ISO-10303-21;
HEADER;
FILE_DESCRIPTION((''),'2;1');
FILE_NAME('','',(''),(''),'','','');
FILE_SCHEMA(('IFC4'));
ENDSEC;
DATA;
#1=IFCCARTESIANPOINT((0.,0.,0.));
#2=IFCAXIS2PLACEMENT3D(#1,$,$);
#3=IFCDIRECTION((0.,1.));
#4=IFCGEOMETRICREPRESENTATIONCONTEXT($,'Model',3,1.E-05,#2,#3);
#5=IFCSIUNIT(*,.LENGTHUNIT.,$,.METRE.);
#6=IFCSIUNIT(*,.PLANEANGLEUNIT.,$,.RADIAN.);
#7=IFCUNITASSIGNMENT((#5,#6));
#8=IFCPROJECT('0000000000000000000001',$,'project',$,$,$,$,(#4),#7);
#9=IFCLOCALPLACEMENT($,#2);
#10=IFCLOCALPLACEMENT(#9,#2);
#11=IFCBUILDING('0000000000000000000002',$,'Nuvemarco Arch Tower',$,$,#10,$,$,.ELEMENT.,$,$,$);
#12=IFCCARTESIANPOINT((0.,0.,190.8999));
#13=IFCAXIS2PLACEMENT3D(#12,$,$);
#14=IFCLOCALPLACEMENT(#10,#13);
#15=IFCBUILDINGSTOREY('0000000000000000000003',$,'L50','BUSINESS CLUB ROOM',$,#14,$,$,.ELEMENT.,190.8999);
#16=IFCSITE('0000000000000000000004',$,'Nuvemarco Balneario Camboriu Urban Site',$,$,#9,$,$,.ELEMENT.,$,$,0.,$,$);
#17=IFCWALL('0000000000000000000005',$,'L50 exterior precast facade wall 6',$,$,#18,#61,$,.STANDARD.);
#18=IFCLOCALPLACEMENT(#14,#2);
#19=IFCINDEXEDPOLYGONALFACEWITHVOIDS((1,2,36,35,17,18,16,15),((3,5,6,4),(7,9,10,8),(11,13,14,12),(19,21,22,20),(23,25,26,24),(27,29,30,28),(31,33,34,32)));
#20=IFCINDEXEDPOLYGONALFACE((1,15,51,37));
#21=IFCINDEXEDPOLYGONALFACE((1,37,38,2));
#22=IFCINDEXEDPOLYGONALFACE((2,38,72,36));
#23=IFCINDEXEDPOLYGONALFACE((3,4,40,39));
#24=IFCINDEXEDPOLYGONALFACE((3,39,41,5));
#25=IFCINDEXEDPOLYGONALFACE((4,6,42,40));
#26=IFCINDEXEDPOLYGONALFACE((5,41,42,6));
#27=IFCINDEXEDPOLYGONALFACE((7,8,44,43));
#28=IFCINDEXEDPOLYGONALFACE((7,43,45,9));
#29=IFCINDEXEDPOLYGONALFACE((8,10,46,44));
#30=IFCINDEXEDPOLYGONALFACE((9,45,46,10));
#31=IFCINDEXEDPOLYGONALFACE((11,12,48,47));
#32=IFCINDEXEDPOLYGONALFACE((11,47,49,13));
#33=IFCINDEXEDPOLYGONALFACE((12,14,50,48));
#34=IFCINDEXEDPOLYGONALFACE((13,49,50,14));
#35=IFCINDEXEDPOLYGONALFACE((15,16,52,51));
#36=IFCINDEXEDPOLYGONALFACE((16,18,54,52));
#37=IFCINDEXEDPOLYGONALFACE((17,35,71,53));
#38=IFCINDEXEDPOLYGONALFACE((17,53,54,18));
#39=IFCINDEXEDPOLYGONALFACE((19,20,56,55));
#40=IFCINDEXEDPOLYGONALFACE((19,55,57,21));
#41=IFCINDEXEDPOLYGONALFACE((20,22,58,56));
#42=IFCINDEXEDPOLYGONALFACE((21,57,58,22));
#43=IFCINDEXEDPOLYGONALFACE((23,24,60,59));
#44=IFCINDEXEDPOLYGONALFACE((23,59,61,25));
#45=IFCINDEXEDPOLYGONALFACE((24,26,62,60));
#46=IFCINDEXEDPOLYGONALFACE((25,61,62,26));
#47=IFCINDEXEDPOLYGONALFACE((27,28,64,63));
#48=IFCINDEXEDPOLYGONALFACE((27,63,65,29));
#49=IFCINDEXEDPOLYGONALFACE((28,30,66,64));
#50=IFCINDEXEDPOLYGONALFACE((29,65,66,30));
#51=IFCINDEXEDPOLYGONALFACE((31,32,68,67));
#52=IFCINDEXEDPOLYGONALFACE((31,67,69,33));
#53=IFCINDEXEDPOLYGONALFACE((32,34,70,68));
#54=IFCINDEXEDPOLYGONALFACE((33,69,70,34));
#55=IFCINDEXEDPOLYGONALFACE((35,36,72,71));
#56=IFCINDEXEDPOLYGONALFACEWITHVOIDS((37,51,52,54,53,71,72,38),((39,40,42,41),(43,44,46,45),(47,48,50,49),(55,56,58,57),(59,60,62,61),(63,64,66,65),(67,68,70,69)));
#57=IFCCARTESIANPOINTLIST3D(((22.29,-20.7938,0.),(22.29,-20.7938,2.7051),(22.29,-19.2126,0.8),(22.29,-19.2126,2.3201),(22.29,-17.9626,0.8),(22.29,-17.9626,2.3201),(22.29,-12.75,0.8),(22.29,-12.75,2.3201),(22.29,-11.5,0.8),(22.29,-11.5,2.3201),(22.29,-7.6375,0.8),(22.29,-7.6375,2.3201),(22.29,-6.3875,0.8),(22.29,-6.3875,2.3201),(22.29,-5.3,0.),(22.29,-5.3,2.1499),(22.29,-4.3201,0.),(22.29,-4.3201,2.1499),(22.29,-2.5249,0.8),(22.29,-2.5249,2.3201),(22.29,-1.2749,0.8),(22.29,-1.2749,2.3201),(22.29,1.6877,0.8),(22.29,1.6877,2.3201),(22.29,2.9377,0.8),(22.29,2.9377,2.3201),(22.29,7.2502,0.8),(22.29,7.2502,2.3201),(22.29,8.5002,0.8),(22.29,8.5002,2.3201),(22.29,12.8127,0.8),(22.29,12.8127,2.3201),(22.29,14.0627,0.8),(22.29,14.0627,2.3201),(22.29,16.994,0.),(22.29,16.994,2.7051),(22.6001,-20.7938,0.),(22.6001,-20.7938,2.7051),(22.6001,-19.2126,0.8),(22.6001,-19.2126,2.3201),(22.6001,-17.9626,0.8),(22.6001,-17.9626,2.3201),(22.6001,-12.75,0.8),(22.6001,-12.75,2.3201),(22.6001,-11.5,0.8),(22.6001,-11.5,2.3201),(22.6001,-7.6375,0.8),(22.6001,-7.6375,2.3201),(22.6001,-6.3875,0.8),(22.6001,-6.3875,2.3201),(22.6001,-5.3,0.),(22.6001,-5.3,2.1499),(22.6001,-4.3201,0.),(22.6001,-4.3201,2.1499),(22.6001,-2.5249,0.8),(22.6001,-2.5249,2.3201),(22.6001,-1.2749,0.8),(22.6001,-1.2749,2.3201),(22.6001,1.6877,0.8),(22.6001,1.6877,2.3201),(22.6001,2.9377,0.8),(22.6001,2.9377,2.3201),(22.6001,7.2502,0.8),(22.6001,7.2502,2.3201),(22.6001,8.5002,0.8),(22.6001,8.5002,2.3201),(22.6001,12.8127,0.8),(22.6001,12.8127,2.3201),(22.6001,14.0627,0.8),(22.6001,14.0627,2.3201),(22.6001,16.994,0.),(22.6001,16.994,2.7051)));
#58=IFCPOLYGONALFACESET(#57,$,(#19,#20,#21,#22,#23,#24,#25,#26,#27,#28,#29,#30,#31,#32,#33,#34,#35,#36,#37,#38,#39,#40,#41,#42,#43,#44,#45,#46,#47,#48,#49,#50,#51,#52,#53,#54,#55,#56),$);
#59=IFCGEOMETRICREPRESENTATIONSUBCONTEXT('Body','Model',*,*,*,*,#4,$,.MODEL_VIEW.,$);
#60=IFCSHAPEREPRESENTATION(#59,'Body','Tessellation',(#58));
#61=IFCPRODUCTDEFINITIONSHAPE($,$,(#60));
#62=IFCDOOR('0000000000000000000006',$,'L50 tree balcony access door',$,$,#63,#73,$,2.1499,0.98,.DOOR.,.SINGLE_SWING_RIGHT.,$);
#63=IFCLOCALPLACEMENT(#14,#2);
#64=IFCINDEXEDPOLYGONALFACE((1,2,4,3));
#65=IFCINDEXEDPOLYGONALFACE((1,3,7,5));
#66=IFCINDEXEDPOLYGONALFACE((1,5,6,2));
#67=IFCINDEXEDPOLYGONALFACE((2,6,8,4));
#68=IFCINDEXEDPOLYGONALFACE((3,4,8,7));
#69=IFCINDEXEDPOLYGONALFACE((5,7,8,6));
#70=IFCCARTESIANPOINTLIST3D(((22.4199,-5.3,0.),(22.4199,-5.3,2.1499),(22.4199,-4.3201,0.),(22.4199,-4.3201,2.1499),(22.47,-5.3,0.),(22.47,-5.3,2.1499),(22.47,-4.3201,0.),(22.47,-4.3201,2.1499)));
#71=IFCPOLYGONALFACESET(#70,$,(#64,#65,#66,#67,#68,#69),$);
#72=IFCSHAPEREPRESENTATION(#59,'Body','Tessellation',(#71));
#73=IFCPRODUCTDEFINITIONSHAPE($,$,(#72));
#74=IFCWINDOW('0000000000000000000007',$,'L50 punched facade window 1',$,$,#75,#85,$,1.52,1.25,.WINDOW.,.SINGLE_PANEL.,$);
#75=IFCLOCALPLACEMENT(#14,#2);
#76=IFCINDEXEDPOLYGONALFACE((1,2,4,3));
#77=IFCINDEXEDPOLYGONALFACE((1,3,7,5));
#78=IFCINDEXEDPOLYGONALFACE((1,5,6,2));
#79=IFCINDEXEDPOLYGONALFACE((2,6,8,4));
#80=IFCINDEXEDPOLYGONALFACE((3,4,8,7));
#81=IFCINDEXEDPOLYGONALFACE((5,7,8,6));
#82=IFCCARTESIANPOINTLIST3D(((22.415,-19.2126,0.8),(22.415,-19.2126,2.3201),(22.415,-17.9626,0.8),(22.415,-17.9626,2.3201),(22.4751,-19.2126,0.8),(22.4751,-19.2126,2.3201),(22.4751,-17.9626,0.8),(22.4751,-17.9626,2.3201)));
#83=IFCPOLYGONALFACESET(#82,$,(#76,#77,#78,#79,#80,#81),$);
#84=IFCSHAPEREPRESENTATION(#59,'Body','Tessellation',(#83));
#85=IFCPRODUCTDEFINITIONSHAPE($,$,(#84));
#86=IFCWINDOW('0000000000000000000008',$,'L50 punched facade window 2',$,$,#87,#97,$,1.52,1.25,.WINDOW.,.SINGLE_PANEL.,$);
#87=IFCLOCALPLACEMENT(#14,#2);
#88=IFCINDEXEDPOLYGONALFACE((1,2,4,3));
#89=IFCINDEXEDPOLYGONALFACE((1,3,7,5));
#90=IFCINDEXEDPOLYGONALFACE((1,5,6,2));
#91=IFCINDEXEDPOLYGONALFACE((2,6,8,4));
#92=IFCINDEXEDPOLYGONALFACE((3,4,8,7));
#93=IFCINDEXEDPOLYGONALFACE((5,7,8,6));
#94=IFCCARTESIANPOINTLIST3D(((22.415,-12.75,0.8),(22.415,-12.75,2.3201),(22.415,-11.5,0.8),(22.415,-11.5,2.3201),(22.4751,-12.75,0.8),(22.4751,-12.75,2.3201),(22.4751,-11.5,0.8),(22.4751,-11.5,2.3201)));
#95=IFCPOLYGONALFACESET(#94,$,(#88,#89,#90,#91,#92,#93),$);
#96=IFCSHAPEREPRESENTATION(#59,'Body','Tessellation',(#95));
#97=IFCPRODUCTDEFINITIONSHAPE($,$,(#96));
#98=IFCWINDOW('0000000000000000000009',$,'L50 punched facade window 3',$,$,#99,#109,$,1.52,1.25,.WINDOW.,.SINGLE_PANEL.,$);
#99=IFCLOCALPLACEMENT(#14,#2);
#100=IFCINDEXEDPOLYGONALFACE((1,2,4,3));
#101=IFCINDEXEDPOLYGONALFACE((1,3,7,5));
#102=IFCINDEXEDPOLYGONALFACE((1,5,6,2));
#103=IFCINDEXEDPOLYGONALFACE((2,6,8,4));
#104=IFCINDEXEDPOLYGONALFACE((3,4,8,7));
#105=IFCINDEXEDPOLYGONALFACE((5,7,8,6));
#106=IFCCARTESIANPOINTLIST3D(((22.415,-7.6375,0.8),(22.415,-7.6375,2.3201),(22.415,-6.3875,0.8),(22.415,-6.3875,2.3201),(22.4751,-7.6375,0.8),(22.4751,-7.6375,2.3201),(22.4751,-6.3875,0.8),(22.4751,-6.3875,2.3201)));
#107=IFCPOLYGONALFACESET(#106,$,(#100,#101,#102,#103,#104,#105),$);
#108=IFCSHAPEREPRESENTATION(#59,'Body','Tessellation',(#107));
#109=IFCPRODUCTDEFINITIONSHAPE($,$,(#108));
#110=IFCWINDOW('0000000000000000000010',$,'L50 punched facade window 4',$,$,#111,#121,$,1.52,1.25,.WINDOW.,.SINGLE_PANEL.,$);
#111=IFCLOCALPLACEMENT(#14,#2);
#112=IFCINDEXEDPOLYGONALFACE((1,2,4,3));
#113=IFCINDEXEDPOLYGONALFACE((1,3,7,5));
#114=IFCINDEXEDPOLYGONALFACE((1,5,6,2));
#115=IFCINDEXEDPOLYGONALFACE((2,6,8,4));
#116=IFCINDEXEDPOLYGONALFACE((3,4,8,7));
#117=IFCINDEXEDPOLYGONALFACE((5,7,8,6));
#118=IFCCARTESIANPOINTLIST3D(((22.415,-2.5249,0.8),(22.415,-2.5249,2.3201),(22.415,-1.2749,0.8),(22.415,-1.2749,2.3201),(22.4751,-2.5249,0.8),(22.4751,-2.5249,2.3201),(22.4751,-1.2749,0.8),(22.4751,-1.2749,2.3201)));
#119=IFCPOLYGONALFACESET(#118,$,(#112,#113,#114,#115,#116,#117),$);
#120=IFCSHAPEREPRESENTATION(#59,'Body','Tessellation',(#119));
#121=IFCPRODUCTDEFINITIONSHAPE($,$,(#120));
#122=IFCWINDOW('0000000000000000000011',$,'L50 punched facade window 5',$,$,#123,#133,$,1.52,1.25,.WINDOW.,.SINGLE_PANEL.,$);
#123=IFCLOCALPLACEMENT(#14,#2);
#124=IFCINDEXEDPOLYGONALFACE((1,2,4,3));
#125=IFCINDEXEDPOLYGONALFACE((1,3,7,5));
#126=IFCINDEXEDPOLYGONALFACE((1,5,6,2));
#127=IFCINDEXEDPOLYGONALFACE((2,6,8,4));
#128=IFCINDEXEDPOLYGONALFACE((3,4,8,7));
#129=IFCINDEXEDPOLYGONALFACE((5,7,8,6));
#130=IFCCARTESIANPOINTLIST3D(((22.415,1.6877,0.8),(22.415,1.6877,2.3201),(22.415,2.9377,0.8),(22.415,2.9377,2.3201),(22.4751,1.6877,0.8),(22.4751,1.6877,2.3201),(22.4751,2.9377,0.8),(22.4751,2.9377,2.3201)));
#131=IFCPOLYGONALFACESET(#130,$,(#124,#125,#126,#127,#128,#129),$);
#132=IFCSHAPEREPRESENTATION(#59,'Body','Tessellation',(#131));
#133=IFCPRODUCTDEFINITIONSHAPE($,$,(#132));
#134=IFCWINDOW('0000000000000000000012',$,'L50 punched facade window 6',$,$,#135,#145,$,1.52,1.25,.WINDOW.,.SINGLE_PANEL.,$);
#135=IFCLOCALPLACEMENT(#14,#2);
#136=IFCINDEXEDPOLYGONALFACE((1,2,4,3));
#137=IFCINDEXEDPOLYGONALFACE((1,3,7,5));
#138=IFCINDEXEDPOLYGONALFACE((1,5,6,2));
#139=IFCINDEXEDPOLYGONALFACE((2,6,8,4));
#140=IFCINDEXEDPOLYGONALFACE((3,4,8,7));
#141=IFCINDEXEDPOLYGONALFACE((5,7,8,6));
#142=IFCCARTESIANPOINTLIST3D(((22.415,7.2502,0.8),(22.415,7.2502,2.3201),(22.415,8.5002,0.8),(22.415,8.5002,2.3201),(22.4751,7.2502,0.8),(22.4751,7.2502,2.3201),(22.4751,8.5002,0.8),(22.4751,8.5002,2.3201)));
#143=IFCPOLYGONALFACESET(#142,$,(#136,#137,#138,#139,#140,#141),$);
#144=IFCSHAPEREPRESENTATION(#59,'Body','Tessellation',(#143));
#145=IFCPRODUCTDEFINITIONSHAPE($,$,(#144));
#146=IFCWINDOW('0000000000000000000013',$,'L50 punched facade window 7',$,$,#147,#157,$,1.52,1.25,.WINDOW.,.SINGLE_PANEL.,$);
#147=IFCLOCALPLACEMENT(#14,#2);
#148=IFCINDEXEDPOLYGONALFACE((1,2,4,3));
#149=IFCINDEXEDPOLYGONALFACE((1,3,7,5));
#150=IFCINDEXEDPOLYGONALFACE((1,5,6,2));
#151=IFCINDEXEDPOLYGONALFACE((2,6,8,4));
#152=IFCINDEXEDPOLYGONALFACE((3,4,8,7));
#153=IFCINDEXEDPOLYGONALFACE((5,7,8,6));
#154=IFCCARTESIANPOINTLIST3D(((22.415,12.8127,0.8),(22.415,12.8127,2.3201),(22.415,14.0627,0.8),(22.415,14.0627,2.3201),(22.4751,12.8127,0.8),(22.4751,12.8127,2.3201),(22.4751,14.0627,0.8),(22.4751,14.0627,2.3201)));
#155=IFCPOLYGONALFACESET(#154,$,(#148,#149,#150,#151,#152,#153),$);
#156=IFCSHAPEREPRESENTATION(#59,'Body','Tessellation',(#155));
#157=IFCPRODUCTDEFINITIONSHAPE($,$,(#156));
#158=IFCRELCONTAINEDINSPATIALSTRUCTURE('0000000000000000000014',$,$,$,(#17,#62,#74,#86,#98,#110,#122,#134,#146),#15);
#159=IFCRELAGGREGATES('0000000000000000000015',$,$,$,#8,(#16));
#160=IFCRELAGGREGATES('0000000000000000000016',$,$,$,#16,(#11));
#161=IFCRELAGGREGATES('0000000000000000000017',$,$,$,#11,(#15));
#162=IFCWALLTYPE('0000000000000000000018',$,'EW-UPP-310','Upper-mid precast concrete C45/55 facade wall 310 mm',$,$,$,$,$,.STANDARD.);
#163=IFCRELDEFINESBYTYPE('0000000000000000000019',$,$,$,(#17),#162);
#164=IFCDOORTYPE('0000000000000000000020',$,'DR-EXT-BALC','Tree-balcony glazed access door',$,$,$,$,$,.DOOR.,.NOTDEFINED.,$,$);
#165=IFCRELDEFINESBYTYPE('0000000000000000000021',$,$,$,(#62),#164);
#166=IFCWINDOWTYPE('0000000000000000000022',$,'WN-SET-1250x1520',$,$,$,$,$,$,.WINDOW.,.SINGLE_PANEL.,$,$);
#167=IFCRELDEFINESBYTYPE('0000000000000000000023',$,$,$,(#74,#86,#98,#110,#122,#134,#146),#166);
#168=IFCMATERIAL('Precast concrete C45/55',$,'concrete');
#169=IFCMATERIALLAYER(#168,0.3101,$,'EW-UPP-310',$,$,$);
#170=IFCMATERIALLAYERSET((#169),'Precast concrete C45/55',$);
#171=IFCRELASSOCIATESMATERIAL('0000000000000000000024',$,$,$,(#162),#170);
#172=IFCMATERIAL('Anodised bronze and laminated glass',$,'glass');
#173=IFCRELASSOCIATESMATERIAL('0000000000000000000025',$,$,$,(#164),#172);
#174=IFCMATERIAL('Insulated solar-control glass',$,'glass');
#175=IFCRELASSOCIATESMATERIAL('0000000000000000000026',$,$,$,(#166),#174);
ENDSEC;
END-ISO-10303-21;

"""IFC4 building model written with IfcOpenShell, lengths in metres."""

from ifc_helpers import new_model, si_unit, direction, frame, frame_2d, origin, place, context, subcontext, project, spatial, rectangle, extrude, source, transform, mapped, material, layer, layer_set, type_object, type_shapes, element, fill, save


model = new_model("IFC4")

# Units and contexts
model_context = context("Model", 3, precision=1e-05, world=origin(), true_north=direction((0.0, 1.0)))
body_context = subcontext(model_context, "Body", "Model", "MODEL_VIEW")
ifc_project = project(units=[si_unit("LENGTHUNIT", "METRE"), si_unit("PLANEANGLEUNIT", "RADIAN")], contexts=[model_context])

# Site, building, storey
site_placement = place(None, origin())
site = spatial("IfcSite", under=ifc_project, at=site_placement, Name="Nuvemarco Balneario Camboriu Urban Site", CompositionType="ELEMENT", RefElevation=0.0)
building_placement = place(site_placement, origin())
building = spatial("IfcBuilding", under=site, at=building_placement, Name="Nuvemarco Arch Tower", CompositionType="ELEMENT")
storey_placement = place(building_placement, frame((0.0, 0.0, 190.8999)))
storey = spatial("IfcBuildingStorey", under=building, at=storey_placement, Name="L50", Description="BUSINESS CLUB ROOM", CompositionType="ELEMENT", Elevation=190.8999)

# Shared definitions
ifc_material_1 = material(Name="Precast concrete C45/55", Category="concrete")

# Shared definitions
ifc_layer_1 = layer(ifc_material_1, 0.3101, Name="EW-UPP-310")
ifc_layer_set_1 = layer_set([ifc_layer_1], Name="Precast concrete C45/55")
wall_type_1 = type_object("IfcWallType", Name="EW-UPP-310", Description="Upper-mid precast concrete C45/55 facade wall 310 mm", PredefinedType="STANDARD", material=ifc_layer_set_1)

# Wall, openings, door, windows
wall_1_placement = place(storey_placement, frame((22.4451, -20.7939, 0.0), z_axis=(0.0, 0.0, 1.0), x_axis=(0.0, 1.0, 0.0)))
wall_1 = element("IfcWall", 1, at=wall_1_placement, inside=storey, type_object=wall_type_1, Name="L50 exterior precast facade wall 6", PredefinedType="STANDARD", context=body_context, shape_type="SweptSolid", body=[
    extrude(rectangle(XDim=37.7878, YDim=0.3101, at=frame_2d((18.894, 0.0))), origin(), (0.0, 0.0, 1.0), 2.7051),
])
opening_1_placement = place(wall_1_placement, frame((16.4739, 0.0, 0.0), z_axis=(0.0, 0.0, 1.0), x_axis=(-1.0, 0.0, 0.0)))
opening_1 = element("IfcOpeningElement", 2, at=opening_1_placement, cuts=wall_1, PredefinedType="OPENING", context=body_context, shape_type="SweptSolid", body=[
    extrude(rectangle(XDim=0.98, YDim=2.1499, at=frame_2d((0.49, 1.075))), frame((0.0, 0.165, 0.0), z_axis=(0.0, -1.0, 0.0), x_axis=(1.0, 0.0, 0.0)), (0.0, 0.0, 1.0), 0.3301),
])
opening_2_placement = place(wall_1_placement, frame((1.5813, 0.0, 0.8)))
opening_2 = element("IfcOpeningElement", 3, at=opening_2_placement, cuts=wall_1, PredefinedType="OPENING", context=body_context, shape_type="SweptSolid", body=[
    extrude(rectangle(XDim=1.25, YDim=1.52, at=frame_2d((0.625, 0.76))), frame((0.0, 0.165, 0.0), z_axis=(0.0, -1.0, 0.0), x_axis=(1.0, 0.0, 0.0)), (0.0, 0.0, 1.0), 0.3301),
])
opening_3_placement = place(wall_1_placement, frame((8.0439, 0.0, 0.8)))
opening_3 = element("IfcOpeningElement", 4, at=opening_3_placement, cuts=wall_1, PredefinedType="OPENING", context=body_context, shape_type="SweptSolid", body=[
    extrude(rectangle(XDim=1.25, YDim=1.52, at=frame_2d((0.625, 0.76))), frame((0.0, 0.165, 0.0), z_axis=(0.0, -1.0, 0.0), x_axis=(1.0, 0.0, 0.0)), (0.0, 0.0, 1.0), 0.3301),
])
opening_4_placement = place(wall_1_placement, frame((13.1565, 0.0, 0.8)))
opening_4 = element("IfcOpeningElement", 5, at=opening_4_placement, cuts=wall_1, PredefinedType="OPENING", context=body_context, shape_type="SweptSolid", body=[
    extrude(rectangle(XDim=1.25, YDim=1.52, at=frame_2d((0.625, 0.76))), frame((0.0, 0.165, 0.0), z_axis=(0.0, -1.0, 0.0), x_axis=(1.0, 0.0, 0.0)), (0.0, 0.0, 1.0), 0.3301),
])
opening_5_placement = place(wall_1_placement, frame((18.269, 0.0, 0.8)))
opening_5 = element("IfcOpeningElement", 6, at=opening_5_placement, cuts=wall_1, PredefinedType="OPENING", context=body_context, shape_type="SweptSolid", body=[
    extrude(rectangle(XDim=1.25, YDim=1.52, at=frame_2d((0.625, 0.76))), frame((0.0, 0.165, 0.0), z_axis=(0.0, -1.0, 0.0), x_axis=(1.0, 0.0, 0.0)), (0.0, 0.0, 1.0), 0.3301),
])
opening_6_placement = place(wall_1_placement, frame((22.4817, 0.0, 0.8)))
opening_6 = element("IfcOpeningElement", 7, at=opening_6_placement, cuts=wall_1, PredefinedType="OPENING", context=body_context, shape_type="SweptSolid", body=[
    extrude(rectangle(XDim=1.25, YDim=1.52, at=frame_2d((0.625, 0.76))), frame((0.0, 0.165, 0.0), z_axis=(0.0, -1.0, 0.0), x_axis=(1.0, 0.0, 0.0)), (0.0, 0.0, 1.0), 0.3301),
])
opening_7_placement = place(wall_1_placement, frame((28.0442, 0.0, 0.8)))
opening_7 = element("IfcOpeningElement", 8, at=opening_7_placement, cuts=wall_1, PredefinedType="OPENING", context=body_context, shape_type="SweptSolid", body=[
    extrude(rectangle(XDim=1.25, YDim=1.52, at=frame_2d((0.625, 0.76))), frame((0.0, 0.165, 0.0), z_axis=(0.0, -1.0, 0.0), x_axis=(1.0, 0.0, 0.0)), (0.0, 0.0, 1.0), 0.3301),
])
opening_8_placement = place(wall_1_placement, frame((33.6067, 0.0, 0.8)))
opening_8 = element("IfcOpeningElement", 9, at=opening_8_placement, cuts=wall_1, PredefinedType="OPENING", context=body_context, shape_type="SweptSolid", body=[
    extrude(rectangle(XDim=1.25, YDim=1.52, at=frame_2d((0.625, 0.76))), frame((0.0, 0.165, 0.0), z_axis=(0.0, -1.0, 0.0), x_axis=(1.0, 0.0, 0.0)), (0.0, 0.0, 1.0), 0.3301),
])
ifc_material_2 = material(Name="Anodised bronze and laminated glass", Category="glass")
door_type_1 = type_object("IfcDoorType", Name="DR-EXT-BALC", Description="Tree-balcony glazed access door", OperationType="NOTDEFINED", PredefinedType="DOOR", material=ifc_material_2)
shared_shape_1 = source(origin(), body_context, "Body", "SweptSolid", [
    extrude(rectangle(XDim=0.98, YDim=2.1499, at=frame_2d((0.49, 1.075))), frame((0.0, 0.0249, 0.0), z_axis=(0.0, -1.0, 0.0), x_axis=(1.0, 0.0, 0.0)), (0.0, 0.0, 1.0), 0.05),
])
type_shapes(door_type_1, [shared_shape_1])
door_1_placement = place(opening_1_placement, origin())
door_1 = element("IfcDoor", 10, at=door_1_placement, inside=storey, type_object=door_type_1, Name="L50 tree balcony access door", OperationType="SINGLE_SWING_RIGHT", OverallHeight=2.1499, OverallWidth=0.98, PredefinedType="DOOR", context=body_context, shape_type="MappedRepresentation", body=[
    mapped(shared_shape_1, transform((0.0, 0.0, 0.0), scale=1.0)),
])
fill(opening_1, door_1)
ifc_material_3 = material(Name="Insulated solar-control glass", Category="glass")
window_type = type_object("IfcWindowType", Name="WN-SET-1250x1520", PartitioningType="SINGLE_PANEL", PredefinedType="WINDOW", material=ifc_material_3)
shared_shape_2 = source(origin(), body_context, "Body", "SweptSolid", [
    extrude(rectangle(XDim=1.25, YDim=1.52, at=frame_2d((0.625, 0.76))), frame((0.0, 0.03, 0.0), z_axis=(0.0, -1.0, 0.0), x_axis=(1.0, 0.0, 0.0)), (0.0, 0.0, 1.0), 0.0601),
])
type_shapes(window_type, [shared_shape_2])
window_1_placement = place(opening_2_placement, origin())
window_1 = element("IfcWindow", 11, at=window_1_placement, inside=storey, type_object=window_type, Name="L50 punched facade window 1", OverallHeight=1.52, OverallWidth=1.25, PartitioningType="SINGLE_PANEL", PredefinedType="WINDOW", context=body_context, shape_type="MappedRepresentation", body=[
    mapped(shared_shape_2, transform((0.0, 0.0, 0.0), scale=1.0)),
])
fill(opening_2, window_1)
window_2_placement = place(opening_3_placement, origin())
window_2 = element("IfcWindow", 12, at=window_2_placement, inside=storey, type_object=window_type, Name="L50 punched facade window 2", OverallHeight=1.52, OverallWidth=1.25, PartitioningType="SINGLE_PANEL", PredefinedType="WINDOW", context=body_context, shape_type="MappedRepresentation", body=[
    mapped(shared_shape_2, transform((0.0, 0.0, 0.0), scale=1.0)),
])
fill(opening_3, window_2)
window_3_placement = place(opening_4_placement, origin())
window_3 = element("IfcWindow", 13, at=window_3_placement, inside=storey, type_object=window_type, Name="L50 punched facade window 3", OverallHeight=1.52, OverallWidth=1.25, PartitioningType="SINGLE_PANEL", PredefinedType="WINDOW", context=body_context, shape_type="MappedRepresentation", body=[
    mapped(shared_shape_2, transform((0.0, 0.0, 0.0), scale=1.0)),
])
fill(opening_4, window_3)
window_4_placement = place(opening_5_placement, origin())
window_4 = element("IfcWindow", 14, at=window_4_placement, inside=storey, type_object=window_type, Name="L50 punched facade window 4", OverallHeight=1.52, OverallWidth=1.25, PartitioningType="SINGLE_PANEL", PredefinedType="WINDOW", context=body_context, shape_type="MappedRepresentation", body=[
    mapped(shared_shape_2, transform((0.0, 0.0, 0.0), scale=1.0)),
])
fill(opening_5, window_4)
window_5_placement = place(opening_6_placement, origin())
window_5 = element("IfcWindow", 15, at=window_5_placement, inside=storey, type_object=window_type, Name="L50 punched facade window 5", OverallHeight=1.52, OverallWidth=1.25, PartitioningType="SINGLE_PANEL", PredefinedType="WINDOW", context=body_context, shape_type="MappedRepresentation", body=[
    mapped(shared_shape_2, transform((0.0, 0.0, 0.0), scale=1.0)),
])
fill(opening_6, window_5)
window_6_placement = place(opening_7_placement, origin())
window_6 = element("IfcWindow", 16, at=window_6_placement, inside=storey, type_object=window_type, Name="L50 punched facade window 6", OverallHeight=1.52, OverallWidth=1.25, PartitioningType="SINGLE_PANEL", PredefinedType="WINDOW", context=body_context, shape_type="MappedRepresentation", body=[
    mapped(shared_shape_2, transform((0.0, 0.0, 0.0), scale=1.0)),
])
fill(opening_7, window_6)
window_7_placement = place(opening_8_placement, origin())
window_7 = element("IfcWindow", 17, at=window_7_placement, inside=storey, type_object=window_type, Name="L50 punched facade window 7", OverallHeight=1.52, OverallWidth=1.25, PartitioningType="SINGLE_PANEL", PredefinedType="WINDOW", context=body_context, shape_type="MappedRepresentation", body=[
    mapped(shared_shape_2, transform((0.0, 0.0, 0.0), scale=1.0)),
])
fill(opening_8, window_7)

save(model, "model.ifc")
